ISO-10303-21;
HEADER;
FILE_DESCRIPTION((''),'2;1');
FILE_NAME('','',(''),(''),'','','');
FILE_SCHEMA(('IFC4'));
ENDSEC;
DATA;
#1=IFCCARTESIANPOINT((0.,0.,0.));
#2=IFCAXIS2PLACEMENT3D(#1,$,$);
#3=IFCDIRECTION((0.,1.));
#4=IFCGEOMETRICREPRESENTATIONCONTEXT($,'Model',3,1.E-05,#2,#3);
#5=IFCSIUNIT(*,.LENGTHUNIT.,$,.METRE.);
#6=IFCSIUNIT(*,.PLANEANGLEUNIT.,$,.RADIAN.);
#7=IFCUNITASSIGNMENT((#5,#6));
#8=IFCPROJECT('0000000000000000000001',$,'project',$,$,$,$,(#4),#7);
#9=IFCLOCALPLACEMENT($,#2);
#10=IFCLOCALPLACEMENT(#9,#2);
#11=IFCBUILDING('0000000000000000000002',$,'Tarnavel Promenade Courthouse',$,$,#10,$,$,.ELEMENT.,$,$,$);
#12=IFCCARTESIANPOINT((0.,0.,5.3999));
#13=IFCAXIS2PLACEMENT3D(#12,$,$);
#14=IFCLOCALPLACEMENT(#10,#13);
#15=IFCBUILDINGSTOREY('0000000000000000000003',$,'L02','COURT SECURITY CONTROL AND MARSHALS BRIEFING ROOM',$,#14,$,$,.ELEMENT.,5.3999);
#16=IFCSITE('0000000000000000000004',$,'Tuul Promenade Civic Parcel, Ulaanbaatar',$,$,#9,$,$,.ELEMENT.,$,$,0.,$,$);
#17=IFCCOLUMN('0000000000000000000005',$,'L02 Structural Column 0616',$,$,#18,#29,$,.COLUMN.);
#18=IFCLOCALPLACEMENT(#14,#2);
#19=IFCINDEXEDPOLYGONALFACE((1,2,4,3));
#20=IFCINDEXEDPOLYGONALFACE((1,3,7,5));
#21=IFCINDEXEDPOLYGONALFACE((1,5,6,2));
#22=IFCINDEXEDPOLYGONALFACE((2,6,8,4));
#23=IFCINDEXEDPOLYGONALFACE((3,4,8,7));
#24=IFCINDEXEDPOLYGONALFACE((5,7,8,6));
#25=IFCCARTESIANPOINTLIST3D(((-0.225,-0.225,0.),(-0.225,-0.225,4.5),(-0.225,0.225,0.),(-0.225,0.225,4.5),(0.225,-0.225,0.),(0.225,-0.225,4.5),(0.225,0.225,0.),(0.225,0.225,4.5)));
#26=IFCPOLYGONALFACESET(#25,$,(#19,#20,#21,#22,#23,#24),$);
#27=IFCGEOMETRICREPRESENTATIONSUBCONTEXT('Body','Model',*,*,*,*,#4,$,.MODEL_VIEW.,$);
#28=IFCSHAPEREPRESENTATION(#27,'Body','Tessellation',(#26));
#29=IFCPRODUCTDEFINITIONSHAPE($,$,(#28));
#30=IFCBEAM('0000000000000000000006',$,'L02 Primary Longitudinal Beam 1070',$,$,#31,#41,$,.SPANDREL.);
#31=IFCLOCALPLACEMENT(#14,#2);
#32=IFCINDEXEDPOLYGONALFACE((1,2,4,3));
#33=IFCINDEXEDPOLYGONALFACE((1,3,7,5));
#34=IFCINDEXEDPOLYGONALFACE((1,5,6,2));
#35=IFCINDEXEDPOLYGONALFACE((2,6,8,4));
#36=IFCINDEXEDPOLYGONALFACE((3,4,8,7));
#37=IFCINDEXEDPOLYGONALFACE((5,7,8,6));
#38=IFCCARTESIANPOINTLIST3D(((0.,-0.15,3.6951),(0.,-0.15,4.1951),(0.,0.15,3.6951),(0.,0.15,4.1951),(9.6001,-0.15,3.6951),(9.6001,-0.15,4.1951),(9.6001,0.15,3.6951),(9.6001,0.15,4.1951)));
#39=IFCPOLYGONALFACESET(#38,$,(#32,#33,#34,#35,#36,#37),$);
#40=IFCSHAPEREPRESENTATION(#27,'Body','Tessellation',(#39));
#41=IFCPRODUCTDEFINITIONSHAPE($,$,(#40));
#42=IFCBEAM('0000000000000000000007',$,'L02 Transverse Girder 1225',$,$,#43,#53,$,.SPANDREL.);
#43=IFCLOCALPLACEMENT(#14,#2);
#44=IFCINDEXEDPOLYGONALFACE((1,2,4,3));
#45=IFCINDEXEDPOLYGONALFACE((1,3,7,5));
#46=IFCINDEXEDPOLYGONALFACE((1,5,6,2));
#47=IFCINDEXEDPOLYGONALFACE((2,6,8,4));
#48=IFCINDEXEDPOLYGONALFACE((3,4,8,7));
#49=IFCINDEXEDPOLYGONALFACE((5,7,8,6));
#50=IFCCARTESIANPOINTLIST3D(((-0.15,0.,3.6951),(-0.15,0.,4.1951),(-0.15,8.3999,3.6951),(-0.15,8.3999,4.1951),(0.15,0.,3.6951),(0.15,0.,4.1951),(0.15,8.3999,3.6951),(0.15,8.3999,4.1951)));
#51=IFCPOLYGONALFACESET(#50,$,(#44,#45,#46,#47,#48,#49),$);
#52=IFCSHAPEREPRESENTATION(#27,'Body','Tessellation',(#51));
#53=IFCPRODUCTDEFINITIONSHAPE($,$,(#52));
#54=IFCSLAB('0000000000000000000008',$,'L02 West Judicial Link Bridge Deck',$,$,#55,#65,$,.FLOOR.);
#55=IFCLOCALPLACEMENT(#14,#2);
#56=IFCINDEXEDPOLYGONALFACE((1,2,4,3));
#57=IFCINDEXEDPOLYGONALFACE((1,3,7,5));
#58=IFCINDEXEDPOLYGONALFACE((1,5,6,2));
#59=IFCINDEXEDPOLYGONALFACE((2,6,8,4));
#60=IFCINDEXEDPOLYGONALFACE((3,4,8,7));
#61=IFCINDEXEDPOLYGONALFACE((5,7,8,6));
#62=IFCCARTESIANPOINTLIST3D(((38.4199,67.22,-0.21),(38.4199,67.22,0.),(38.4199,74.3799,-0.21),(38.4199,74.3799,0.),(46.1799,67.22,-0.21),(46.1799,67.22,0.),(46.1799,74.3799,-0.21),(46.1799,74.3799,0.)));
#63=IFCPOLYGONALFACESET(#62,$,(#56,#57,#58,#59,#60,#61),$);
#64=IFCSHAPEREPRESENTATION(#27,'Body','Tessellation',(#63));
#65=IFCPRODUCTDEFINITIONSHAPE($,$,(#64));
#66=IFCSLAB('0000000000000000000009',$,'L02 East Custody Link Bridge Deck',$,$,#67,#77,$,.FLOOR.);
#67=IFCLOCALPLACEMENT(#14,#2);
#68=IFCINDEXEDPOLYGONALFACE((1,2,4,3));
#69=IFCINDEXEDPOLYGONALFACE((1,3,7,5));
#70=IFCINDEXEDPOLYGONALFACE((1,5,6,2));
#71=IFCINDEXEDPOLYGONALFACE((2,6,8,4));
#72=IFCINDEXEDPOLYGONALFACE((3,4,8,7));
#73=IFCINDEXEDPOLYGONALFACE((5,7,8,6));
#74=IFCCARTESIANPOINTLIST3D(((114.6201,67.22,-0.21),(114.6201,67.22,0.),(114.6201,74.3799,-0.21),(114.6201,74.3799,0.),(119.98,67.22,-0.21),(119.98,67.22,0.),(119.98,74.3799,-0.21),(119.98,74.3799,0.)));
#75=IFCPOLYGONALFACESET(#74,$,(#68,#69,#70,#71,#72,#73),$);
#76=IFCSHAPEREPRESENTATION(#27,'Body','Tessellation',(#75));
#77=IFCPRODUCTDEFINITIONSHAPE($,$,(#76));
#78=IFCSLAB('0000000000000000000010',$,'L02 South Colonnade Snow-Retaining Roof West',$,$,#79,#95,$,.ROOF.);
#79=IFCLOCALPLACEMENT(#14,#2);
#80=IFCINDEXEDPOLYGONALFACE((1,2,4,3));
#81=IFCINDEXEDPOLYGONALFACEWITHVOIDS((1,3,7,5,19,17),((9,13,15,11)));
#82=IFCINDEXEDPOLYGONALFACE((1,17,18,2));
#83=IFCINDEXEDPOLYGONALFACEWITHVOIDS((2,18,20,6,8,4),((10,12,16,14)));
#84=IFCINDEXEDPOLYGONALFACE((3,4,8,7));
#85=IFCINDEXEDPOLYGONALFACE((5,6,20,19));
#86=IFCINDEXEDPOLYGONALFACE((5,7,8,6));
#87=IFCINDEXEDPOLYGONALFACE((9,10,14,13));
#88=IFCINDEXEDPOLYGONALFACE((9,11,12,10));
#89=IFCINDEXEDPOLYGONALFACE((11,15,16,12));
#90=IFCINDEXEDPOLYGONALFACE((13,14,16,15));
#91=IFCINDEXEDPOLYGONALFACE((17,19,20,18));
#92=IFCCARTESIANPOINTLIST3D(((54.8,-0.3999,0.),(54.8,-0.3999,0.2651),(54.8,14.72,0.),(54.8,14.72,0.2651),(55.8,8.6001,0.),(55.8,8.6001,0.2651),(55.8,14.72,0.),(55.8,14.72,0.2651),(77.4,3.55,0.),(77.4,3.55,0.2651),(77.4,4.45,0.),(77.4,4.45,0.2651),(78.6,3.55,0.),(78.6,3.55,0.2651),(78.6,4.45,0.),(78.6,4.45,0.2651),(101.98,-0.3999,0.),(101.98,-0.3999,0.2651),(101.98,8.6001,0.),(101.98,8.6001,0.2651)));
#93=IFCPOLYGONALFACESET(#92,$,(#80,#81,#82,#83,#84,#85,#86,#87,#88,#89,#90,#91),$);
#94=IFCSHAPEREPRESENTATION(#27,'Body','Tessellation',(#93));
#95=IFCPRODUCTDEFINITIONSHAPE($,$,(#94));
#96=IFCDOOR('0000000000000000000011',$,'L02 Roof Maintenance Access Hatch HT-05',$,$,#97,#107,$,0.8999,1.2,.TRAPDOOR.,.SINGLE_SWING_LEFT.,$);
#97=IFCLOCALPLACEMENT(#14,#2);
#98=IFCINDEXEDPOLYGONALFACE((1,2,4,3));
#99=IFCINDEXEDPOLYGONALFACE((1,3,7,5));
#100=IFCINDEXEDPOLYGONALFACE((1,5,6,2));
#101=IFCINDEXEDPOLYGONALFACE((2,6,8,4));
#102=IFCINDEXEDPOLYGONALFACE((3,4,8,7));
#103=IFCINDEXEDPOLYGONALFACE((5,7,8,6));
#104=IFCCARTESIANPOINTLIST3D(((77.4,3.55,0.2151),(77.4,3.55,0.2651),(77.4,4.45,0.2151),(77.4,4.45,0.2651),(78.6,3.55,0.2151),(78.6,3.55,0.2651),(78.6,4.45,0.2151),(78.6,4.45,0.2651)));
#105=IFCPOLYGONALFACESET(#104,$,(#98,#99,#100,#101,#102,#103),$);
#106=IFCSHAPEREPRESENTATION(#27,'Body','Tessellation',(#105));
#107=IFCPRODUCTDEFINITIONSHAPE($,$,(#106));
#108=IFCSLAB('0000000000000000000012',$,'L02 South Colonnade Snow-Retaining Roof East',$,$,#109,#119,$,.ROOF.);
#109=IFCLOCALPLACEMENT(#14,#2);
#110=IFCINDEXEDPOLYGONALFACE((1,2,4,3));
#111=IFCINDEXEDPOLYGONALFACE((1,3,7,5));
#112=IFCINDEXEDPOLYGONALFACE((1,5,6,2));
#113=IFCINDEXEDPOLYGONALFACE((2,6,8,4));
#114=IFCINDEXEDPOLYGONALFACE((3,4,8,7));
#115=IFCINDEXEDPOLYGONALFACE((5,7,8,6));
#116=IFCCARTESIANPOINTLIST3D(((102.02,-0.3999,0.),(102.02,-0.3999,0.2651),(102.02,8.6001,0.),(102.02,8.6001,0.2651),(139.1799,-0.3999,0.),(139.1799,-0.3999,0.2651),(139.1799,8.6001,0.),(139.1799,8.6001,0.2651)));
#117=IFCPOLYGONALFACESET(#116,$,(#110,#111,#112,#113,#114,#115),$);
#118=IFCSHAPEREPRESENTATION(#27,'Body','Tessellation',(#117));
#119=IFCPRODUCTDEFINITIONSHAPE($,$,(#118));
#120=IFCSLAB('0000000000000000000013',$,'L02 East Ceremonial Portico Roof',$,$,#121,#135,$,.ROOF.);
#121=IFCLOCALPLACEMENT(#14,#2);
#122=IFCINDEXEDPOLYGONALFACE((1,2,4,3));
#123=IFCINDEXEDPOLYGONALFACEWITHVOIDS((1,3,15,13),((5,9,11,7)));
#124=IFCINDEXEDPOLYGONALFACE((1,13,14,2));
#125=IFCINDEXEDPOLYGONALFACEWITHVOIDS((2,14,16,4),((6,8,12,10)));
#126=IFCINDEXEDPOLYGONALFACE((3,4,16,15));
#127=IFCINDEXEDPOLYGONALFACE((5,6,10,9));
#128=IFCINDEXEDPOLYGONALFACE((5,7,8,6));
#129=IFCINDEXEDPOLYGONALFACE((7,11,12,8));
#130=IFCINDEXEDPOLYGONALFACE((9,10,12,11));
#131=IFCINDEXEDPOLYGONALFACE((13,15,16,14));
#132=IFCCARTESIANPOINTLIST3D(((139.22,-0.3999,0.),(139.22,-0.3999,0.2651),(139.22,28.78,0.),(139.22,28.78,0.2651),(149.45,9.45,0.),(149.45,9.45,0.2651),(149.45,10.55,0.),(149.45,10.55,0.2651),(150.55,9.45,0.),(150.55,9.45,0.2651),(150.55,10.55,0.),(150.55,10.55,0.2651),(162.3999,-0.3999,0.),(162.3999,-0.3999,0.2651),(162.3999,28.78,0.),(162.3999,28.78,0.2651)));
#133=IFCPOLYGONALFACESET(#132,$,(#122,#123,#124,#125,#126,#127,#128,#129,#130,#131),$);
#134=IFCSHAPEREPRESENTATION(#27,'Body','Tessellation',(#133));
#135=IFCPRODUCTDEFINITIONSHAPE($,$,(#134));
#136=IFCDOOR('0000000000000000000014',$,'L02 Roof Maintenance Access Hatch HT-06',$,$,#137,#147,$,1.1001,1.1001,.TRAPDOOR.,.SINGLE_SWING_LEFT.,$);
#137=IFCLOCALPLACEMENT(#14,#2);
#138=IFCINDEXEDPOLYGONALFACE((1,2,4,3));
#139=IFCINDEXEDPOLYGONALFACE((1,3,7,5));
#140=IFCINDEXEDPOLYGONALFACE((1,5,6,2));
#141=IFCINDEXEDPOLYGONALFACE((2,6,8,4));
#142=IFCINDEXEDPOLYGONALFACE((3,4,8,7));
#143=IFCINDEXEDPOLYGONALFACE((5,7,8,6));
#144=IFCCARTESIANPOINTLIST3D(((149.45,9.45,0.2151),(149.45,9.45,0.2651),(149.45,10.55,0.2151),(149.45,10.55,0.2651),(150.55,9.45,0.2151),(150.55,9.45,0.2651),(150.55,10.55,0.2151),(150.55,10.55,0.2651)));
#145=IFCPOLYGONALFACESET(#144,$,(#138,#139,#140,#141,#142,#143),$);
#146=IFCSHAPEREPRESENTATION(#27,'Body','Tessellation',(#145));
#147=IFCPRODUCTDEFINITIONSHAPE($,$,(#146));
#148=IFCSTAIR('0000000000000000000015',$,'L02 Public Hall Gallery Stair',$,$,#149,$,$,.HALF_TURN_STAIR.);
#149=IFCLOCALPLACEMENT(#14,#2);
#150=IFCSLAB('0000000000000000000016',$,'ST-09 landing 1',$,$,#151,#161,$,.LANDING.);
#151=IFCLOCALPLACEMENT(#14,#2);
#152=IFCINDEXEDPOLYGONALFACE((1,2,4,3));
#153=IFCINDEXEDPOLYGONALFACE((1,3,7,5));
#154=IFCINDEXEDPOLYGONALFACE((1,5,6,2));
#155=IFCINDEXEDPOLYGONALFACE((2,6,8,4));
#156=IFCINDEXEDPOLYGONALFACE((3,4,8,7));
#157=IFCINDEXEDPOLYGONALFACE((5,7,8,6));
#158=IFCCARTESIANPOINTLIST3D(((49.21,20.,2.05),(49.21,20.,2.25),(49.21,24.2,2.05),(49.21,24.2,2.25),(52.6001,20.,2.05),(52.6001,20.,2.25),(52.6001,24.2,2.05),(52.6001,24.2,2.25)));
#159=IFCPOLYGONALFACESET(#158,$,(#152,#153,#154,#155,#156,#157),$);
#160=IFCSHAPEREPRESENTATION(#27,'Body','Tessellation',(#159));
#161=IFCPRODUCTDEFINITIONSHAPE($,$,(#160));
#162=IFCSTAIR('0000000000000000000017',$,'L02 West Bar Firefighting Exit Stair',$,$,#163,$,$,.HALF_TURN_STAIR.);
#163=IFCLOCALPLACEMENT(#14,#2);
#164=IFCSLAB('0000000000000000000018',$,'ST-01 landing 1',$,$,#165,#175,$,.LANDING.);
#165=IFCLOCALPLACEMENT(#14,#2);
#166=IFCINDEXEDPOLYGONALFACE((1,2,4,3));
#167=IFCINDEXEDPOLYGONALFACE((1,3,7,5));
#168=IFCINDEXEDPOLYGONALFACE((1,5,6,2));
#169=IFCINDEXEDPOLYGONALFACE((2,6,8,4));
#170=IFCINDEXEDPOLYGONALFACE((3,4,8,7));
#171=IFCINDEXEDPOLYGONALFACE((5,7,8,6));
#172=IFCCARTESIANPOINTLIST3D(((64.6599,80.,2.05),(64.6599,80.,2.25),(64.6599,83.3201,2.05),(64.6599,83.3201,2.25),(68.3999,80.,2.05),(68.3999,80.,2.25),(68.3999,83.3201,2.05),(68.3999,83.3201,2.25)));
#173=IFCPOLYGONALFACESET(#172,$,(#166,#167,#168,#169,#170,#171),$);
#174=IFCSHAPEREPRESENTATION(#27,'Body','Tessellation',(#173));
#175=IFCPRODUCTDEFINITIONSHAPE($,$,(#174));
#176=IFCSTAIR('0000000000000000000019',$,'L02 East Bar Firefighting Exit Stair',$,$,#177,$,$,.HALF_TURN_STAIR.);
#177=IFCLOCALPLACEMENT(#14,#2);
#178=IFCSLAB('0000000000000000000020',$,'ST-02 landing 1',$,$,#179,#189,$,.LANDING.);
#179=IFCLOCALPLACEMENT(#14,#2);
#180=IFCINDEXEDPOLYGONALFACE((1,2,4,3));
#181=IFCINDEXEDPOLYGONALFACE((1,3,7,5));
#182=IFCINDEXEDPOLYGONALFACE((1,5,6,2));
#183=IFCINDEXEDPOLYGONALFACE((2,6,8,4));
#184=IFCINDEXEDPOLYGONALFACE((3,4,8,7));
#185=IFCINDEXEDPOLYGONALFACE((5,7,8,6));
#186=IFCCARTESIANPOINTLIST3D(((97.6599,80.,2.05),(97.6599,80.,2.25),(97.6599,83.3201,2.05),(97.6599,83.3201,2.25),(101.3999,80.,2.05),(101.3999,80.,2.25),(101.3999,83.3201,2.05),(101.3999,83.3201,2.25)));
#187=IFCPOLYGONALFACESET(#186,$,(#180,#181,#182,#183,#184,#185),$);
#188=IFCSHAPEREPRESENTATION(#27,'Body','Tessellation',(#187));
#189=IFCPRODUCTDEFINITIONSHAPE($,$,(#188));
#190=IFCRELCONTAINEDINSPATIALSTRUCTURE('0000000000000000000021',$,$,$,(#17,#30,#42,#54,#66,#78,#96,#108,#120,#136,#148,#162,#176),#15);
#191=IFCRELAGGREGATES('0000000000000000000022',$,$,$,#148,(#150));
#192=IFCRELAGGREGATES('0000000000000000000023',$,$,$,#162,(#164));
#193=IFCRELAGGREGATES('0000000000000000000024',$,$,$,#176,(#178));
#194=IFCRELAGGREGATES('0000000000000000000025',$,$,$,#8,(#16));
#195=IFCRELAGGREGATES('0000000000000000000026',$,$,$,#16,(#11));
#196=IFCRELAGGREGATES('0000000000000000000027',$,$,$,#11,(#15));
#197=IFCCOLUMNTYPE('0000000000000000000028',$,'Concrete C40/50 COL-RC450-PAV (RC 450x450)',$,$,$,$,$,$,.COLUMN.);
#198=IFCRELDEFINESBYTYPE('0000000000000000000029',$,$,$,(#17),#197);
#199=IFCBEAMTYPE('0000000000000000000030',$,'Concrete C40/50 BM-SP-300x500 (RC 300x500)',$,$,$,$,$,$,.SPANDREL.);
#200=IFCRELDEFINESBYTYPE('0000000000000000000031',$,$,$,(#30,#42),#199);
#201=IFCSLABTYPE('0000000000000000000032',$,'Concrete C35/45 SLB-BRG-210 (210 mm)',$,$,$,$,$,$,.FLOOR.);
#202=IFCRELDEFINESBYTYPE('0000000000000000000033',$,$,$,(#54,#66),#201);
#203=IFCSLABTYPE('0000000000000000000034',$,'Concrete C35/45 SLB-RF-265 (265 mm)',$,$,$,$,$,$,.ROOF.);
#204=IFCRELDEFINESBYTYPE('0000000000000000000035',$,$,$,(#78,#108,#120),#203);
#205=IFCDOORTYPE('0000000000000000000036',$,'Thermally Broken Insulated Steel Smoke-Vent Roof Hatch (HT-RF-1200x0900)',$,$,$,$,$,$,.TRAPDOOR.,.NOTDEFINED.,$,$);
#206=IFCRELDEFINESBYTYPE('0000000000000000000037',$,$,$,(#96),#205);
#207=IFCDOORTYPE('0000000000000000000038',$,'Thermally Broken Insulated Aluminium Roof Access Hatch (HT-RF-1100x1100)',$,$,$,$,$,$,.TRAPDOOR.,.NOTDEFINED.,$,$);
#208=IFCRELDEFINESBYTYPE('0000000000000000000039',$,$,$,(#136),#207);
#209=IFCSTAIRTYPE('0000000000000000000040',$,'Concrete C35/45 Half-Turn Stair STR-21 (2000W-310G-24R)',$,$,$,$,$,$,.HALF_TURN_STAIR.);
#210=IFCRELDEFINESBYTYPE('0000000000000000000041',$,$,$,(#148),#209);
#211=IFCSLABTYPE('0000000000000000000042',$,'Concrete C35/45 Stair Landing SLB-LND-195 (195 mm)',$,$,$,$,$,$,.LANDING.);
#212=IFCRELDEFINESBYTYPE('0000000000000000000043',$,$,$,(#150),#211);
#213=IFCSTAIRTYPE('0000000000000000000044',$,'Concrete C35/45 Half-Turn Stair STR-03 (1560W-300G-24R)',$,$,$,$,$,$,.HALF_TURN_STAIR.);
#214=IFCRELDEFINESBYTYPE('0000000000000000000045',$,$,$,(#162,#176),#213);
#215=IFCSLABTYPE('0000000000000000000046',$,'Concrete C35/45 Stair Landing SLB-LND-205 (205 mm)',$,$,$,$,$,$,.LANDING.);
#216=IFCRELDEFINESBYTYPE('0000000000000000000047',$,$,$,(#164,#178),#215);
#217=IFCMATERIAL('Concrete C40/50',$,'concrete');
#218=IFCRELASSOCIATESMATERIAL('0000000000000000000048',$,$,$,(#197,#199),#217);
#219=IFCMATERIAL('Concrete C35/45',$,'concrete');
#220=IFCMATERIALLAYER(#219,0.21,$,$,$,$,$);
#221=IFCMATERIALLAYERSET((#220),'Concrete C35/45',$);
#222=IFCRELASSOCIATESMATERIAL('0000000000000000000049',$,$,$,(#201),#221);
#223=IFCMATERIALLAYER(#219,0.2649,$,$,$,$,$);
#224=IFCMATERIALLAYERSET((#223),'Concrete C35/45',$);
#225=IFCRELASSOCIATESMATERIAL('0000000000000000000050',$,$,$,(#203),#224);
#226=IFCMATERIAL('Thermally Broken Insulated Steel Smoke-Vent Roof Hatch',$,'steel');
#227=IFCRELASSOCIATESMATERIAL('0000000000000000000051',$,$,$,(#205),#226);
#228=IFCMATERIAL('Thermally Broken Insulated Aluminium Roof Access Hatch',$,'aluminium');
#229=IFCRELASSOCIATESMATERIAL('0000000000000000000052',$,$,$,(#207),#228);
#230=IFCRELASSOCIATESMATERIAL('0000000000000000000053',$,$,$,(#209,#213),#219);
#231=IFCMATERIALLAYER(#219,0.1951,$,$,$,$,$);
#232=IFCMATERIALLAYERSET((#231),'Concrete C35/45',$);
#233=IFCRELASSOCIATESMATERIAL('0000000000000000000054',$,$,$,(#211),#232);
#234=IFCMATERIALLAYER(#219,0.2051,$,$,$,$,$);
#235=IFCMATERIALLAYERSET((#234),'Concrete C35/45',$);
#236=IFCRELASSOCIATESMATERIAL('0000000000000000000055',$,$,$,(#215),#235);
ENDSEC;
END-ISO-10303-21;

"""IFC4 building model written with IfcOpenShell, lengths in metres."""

from ifc_helpers import new_model, si_unit, direction, frame, origin, origin_with_axes, origin_2d, place, context, subcontext, project, spatial, polyline, rectangle, outline, extrude, material, layer, layer_set, material_profile, profile_set, type_object, element, fill, aggregate, save


model = new_model("IFC4")

# Units and contexts
model_context = context("Model", 3, precision=1e-05, world=origin(), true_north=direction((0.0, 1.0)))
body_context = subcontext(model_context, "Body", "Model", "MODEL_VIEW")
ifc_project = project(units=[si_unit("LENGTHUNIT", "METRE"), si_unit("PLANEANGLEUNIT", "RADIAN")], contexts=[model_context])

# Site, building, storey
site_placement = place(None, origin())
site = spatial("IfcSite", under=ifc_project, at=site_placement, Name="Tuul Promenade Civic Parcel, Ulaanbaatar", CompositionType="ELEMENT", RefElevation=0.0)
building_placement = place(site_placement, origin())
building = spatial("IfcBuilding", under=site, at=building_placement, Name="Tarnavel Promenade Courthouse", CompositionType="ELEMENT")
storey_placement = place(building_placement, frame((0.0, 0.0, 5.3999)))
storey = spatial("IfcBuildingStorey", under=building, at=storey_placement, Name="L02", Description="COURT SECURITY CONTROL AND MARSHALS BRIEFING ROOM", CompositionType="ELEMENT", Elevation=5.3999)

# Column
ifc_material_1 = material(Name="Concrete C40/50", Category="concrete")
ifc_material_profile_1 = material_profile(ifc_material_1, rectangle(XDim=0.45, YDim=0.45, at=origin_2d()), Name="RC 450x450")
ifc_profile_set_1 = profile_set([ifc_material_profile_1], Name="Concrete C40/50")
column_type = type_object("IfcColumnType", Name="Concrete C40/50 COL-RC450-PAV (RC 450x450)", PredefinedType="COLUMN", material=ifc_profile_set_1)
column_placement = place(storey_placement, origin_with_axes())
element("IfcColumn", 1, at=column_placement, inside=storey, type_object=column_type, Name="L02 Structural Column 0616", PredefinedType="COLUMN", context=body_context, shape_type="SweptSolid", body=[
    extrude(rectangle(XDim=0.45, YDim=0.45, at=origin_2d()), origin(), (0.0, 0.0, 1.0), 4.5),
])

# Beams
ifc_material_profile_2 = material_profile(ifc_material_1, rectangle(XDim=0.3, YDim=0.5, at=origin_2d()), Name="RC 300x500")
ifc_profile_set_2 = profile_set([ifc_material_profile_2], Name="Concrete C40/50")
beam_type = type_object("IfcBeamType", Name="Concrete C40/50 BM-SP-300x500 (RC 300x500)", PredefinedType="SPANDREL", material=ifc_profile_set_2)
beam_1_placement = place(storey_placement, frame((0.0, 0.0, 3.9451), z_axis=(1.0, 0.0, 0.0), x_axis=(0.0, 1.0, 0.0)))
element("IfcBeam", 2, at=beam_1_placement, inside=storey, type_object=beam_type, Name="L02 Primary Longitudinal Beam 1070", PredefinedType="SPANDREL", context=body_context, shape_type="SweptSolid", body=[
    extrude(rectangle(XDim=0.3, YDim=0.5, at=origin_2d()), origin(), (0.0, 0.0, 1.0), 9.6001),
])
beam_2_placement = place(storey_placement, frame((0.0, 0.0, 3.9451), z_axis=(0.0, 1.0, 0.0), x_axis=(-1.0, 0.0, 0.0)))
element("IfcBeam", 3, at=beam_2_placement, inside=storey, type_object=beam_type, Name="L02 Transverse Girder 1225", PredefinedType="SPANDREL", context=body_context, shape_type="SweptSolid", body=[
    extrude(rectangle(XDim=0.3, YDim=0.5, at=origin_2d()), origin(), (0.0, 0.0, 1.0), 8.3999),
])

# Slabs
ifc_material_2 = material(Name="Concrete C35/45", Category="concrete")
ifc_layer_1 = layer(ifc_material_2, 0.21)
ifc_layer_set_1 = layer_set([ifc_layer_1], Name="Concrete C35/45")
slab_type_1 = type_object("IfcSlabType", Name="Concrete C35/45 SLB-BRG-210 (210 mm)", PredefinedType="FLOOR", material=ifc_layer_set_1)
slab_1_placement = place(storey_placement, frame((0.0, 0.0, -0.21)))
element("IfcSlab", 4, at=slab_1_placement, inside=storey, type_object=slab_type_1, Name="L02 West Judicial Link Bridge Deck", PredefinedType="FLOOR", context=body_context, shape_type="SweptSolid", body=[
    extrude(outline(polyline([(38.4199, 67.22), (46.1799, 67.22), (46.1799, 74.3799), (38.4199, 74.3799), (38.4199, 67.22)])), origin(), (0.0, 0.0, 1.0), 0.21),
])
slab_2_placement = place(storey_placement, frame((0.0, 0.0, -0.21)))
element("IfcSlab", 5, at=slab_2_placement, inside=storey, type_object=slab_type_1, Name="L02 East Custody Link Bridge Deck", PredefinedType="FLOOR", context=body_context, shape_type="SweptSolid", body=[
    extrude(outline(polyline([(114.6201, 67.22), (119.98, 67.22), (119.98, 74.3799), (114.6201, 74.3799), (114.6201, 67.22)])), origin(), (0.0, 0.0, 1.0), 0.21),
])

# Slab, opening, door
ifc_layer_2 = layer(ifc_material_2, 0.2649)
ifc_layer_set_2 = layer_set([ifc_layer_2], Name="Concrete C35/45")
slab_type_2 = type_object("IfcSlabType", Name="Concrete C35/45 SLB-RF-265 (265 mm)", PredefinedType="ROOF", material=ifc_layer_set_2)
slab_3_placement = place(storey_placement, origin())
slab_3 = element("IfcSlab", 6, at=slab_3_placement, inside=storey, type_object=slab_type_2, Name="L02 South Colonnade Snow-Retaining Roof West", PredefinedType="ROOF", context=body_context, shape_type="SweptSolid", body=[
    extrude(outline(polyline([(54.8, -0.3999), (101.98, -0.3999), (101.98, 8.6001), (55.8, 8.6001), (55.8, 14.72), (54.8, 14.72), (54.8, -0.3999)])), origin(), (0.0, 0.0, 1.0), 0.2651),
])
opening_1_placement = place(slab_3_placement, frame((78.0, 4.0, 0.0)))
opening_1 = element("IfcOpeningElement", 7, at=opening_1_placement, cuts=slab_3, PredefinedType="OPENING", context=body_context, shape_type="SweptSolid", body=[
    extrude(rectangle(XDim=1.2, YDim=0.8999, at=origin_2d()), origin(), (0.0, 0.0, 1.0), 0.2651),
])
ifc_material_3 = material(Name="Thermally Broken Insulated Steel Smoke-Vent Roof Hatch", Category="steel")
door_type_1 = type_object("IfcDoorType", Name="Thermally Broken Insulated Steel Smoke-Vent Roof Hatch (HT-RF-1200x0900)", OperationType="NOTDEFINED", PredefinedType="TRAPDOOR", material=ifc_material_3)
door_1_placement = place(opening_1_placement, frame((0.0, 0.0, 0.2151)))
door_1 = element("IfcDoor", 8, at=door_1_placement, inside=storey, type_object=door_type_1, Name="L02 Roof Maintenance Access Hatch HT-05", OperationType="SINGLE_SWING_LEFT", OverallHeight=0.8999, OverallWidth=1.2, PredefinedType="TRAPDOOR", context=body_context, shape_type="SweptSolid", body=[
    extrude(rectangle(XDim=1.2, YDim=0.8999, at=origin_2d()), origin(), (0.0, 0.0, 1.0), 0.05),
])
fill(opening_1, door_1)

# Slab
slab_4_placement = place(storey_placement, origin())
element("IfcSlab", 9, at=slab_4_placement, inside=storey, type_object=slab_type_2, Name="L02 South Colonnade Snow-Retaining Roof East", PredefinedType="ROOF", context=body_context, shape_type="SweptSolid", body=[
    extrude(outline(polyline([(102.02, -0.3999), (139.1799, -0.3999), (139.1799, 8.6001), (102.02, 8.6001), (102.02, -0.3999)])), origin(), (0.0, 0.0, 1.0), 0.2651),
])

# Slab, opening, door
slab_5_placement = place(storey_placement, origin())
slab_5 = element("IfcSlab", 10, at=slab_5_placement, inside=storey, type_object=slab_type_2, Name="L02 East Ceremonial Portico Roof", PredefinedType="ROOF", context=body_context, shape_type="SweptSolid", body=[
    extrude(outline(polyline([(139.22, -0.3999), (162.3999, -0.3999), (162.3999, 28.78), (139.22, 28.78), (139.22, -0.3999)])), origin(), (0.0, 0.0, 1.0), 0.2651),
])
opening_2_placement = place(slab_5_placement, frame((150.0, 10.0, 0.0)))
opening_2 = element("IfcOpeningElement", 11, at=opening_2_placement, cuts=slab_5, PredefinedType="OPENING", context=body_context, shape_type="SweptSolid", body=[
    extrude(rectangle(XDim=1.1001, YDim=1.1001, at=origin_2d()), origin(), (0.0, 0.0, 1.0), 0.2651),
])
ifc_material_4 = material(Name="Thermally Broken Insulated Aluminium Roof Access Hatch", Category="aluminium")
door_type_2 = type_object("IfcDoorType", Name="Thermally Broken Insulated Aluminium Roof Access Hatch (HT-RF-1100x1100)", OperationType="NOTDEFINED", PredefinedType="TRAPDOOR", material=ifc_material_4)
door_2_placement = place(opening_2_placement, frame((0.0, 0.0, 0.2151)))
door_2 = element("IfcDoor", 12, at=door_2_placement, inside=storey, type_object=door_type_2, Name="L02 Roof Maintenance Access Hatch HT-06", OperationType="SINGLE_SWING_LEFT", OverallHeight=1.1001, OverallWidth=1.1001, PredefinedType="TRAPDOOR", context=body_context, shape_type="SweptSolid", body=[
    extrude(rectangle(XDim=1.1001, YDim=1.1001, at=origin_2d()), origin(), (0.0, 0.0, 1.0), 0.05),
])
fill(opening_2, door_2)

# Stairs, slabs
stair_type_1 = type_object("IfcStairType", Name="Concrete C35/45 Half-Turn Stair STR-21 (2000W-310G-24R)", PredefinedType="HALF_TURN_STAIR", material=ifc_material_2)
stair_1_placement = place(storey_placement, origin())
stair_1 = element("IfcStair", 13, at=stair_1_placement, inside=storey, type_object=stair_type_1, Name="L02 Public Hall Gallery Stair", PredefinedType="HALF_TURN_STAIR")
ifc_layer_3 = layer(ifc_material_2, 0.1951)
ifc_layer_set_3 = layer_set([ifc_layer_3], Name="Concrete C35/45")
slab_type_3 = type_object("IfcSlabType", Name="Concrete C35/45 Stair Landing SLB-LND-195 (195 mm)", PredefinedType="LANDING", material=ifc_layer_set_3)
slab_6_placement = place(storey_placement, frame((0.0, 0.0, 2.05)))
slab_6 = element("IfcSlab", 14, at=slab_6_placement, type_object=slab_type_3, Name="ST-09 landing 1", PredefinedType="LANDING", context=body_context, shape_type="SweptSolid", body=[
    extrude(outline(polyline([(49.21, 20.0), (52.6001, 20.0), (52.6001, 24.2), (49.21, 24.2), (49.21, 20.0)])), origin(), (0.0, 0.0, 1.0), 0.2),
])
aggregate(stair_1, [slab_6])
stair_type_2 = type_object("IfcStairType", Name="Concrete C35/45 Half-Turn Stair STR-03 (1560W-300G-24R)", PredefinedType="HALF_TURN_STAIR", material=ifc_material_2)
stair_2_placement = place(storey_placement, origin())
stair_2 = element("IfcStair", 15, at=stair_2_placement, inside=storey, type_object=stair_type_2, Name="L02 West Bar Firefighting Exit Stair", PredefinedType="HALF_TURN_STAIR")
ifc_layer_4 = layer(ifc_material_2, 0.2051)
ifc_layer_set_4 = layer_set([ifc_layer_4], Name="Concrete C35/45")
slab_type_4 = type_object("IfcSlabType", Name="Concrete C35/45 Stair Landing SLB-LND-205 (205 mm)", PredefinedType="LANDING", material=ifc_layer_set_4)
slab_7_placement = place(storey_placement, frame((0.0, 0.0, 2.05)))
slab_7 = element("IfcSlab", 16, at=slab_7_placement, type_object=slab_type_4, Name="ST-01 landing 1", PredefinedType="LANDING", context=body_context, shape_type="SweptSolid", body=[
    extrude(outline(polyline([(64.6599, 80.0), (68.3999, 80.0), (68.3999, 83.3201), (64.6599, 83.3201), (64.6599, 80.0)])), origin(), (0.0, 0.0, 1.0), 0.2),
])
aggregate(stair_2, [slab_7])
stair_3_placement = place(storey_placement, origin())
stair_3 = element("IfcStair", 17, at=stair_3_placement, inside=storey, type_object=stair_type_2, Name="L02 East Bar Firefighting Exit Stair", PredefinedType="HALF_TURN_STAIR")
slab_8_placement = place(storey_placement, frame((0.0, 0.0, 2.05)))
slab_8 = element("IfcSlab", 18, at=slab_8_placement, type_object=slab_type_4, Name="ST-02 landing 1", PredefinedType="LANDING", context=body_context, shape_type="SweptSolid", body=[
    extrude(outline(polyline([(97.6599, 80.0), (101.3999, 80.0), (101.3999, 83.3201), (97.6599, 83.3201), (97.6599, 80.0)])), origin(), (0.0, 0.0, 1.0), 0.2),
])
aggregate(stair_3, [slab_8])

save(model, "model.ifc")
